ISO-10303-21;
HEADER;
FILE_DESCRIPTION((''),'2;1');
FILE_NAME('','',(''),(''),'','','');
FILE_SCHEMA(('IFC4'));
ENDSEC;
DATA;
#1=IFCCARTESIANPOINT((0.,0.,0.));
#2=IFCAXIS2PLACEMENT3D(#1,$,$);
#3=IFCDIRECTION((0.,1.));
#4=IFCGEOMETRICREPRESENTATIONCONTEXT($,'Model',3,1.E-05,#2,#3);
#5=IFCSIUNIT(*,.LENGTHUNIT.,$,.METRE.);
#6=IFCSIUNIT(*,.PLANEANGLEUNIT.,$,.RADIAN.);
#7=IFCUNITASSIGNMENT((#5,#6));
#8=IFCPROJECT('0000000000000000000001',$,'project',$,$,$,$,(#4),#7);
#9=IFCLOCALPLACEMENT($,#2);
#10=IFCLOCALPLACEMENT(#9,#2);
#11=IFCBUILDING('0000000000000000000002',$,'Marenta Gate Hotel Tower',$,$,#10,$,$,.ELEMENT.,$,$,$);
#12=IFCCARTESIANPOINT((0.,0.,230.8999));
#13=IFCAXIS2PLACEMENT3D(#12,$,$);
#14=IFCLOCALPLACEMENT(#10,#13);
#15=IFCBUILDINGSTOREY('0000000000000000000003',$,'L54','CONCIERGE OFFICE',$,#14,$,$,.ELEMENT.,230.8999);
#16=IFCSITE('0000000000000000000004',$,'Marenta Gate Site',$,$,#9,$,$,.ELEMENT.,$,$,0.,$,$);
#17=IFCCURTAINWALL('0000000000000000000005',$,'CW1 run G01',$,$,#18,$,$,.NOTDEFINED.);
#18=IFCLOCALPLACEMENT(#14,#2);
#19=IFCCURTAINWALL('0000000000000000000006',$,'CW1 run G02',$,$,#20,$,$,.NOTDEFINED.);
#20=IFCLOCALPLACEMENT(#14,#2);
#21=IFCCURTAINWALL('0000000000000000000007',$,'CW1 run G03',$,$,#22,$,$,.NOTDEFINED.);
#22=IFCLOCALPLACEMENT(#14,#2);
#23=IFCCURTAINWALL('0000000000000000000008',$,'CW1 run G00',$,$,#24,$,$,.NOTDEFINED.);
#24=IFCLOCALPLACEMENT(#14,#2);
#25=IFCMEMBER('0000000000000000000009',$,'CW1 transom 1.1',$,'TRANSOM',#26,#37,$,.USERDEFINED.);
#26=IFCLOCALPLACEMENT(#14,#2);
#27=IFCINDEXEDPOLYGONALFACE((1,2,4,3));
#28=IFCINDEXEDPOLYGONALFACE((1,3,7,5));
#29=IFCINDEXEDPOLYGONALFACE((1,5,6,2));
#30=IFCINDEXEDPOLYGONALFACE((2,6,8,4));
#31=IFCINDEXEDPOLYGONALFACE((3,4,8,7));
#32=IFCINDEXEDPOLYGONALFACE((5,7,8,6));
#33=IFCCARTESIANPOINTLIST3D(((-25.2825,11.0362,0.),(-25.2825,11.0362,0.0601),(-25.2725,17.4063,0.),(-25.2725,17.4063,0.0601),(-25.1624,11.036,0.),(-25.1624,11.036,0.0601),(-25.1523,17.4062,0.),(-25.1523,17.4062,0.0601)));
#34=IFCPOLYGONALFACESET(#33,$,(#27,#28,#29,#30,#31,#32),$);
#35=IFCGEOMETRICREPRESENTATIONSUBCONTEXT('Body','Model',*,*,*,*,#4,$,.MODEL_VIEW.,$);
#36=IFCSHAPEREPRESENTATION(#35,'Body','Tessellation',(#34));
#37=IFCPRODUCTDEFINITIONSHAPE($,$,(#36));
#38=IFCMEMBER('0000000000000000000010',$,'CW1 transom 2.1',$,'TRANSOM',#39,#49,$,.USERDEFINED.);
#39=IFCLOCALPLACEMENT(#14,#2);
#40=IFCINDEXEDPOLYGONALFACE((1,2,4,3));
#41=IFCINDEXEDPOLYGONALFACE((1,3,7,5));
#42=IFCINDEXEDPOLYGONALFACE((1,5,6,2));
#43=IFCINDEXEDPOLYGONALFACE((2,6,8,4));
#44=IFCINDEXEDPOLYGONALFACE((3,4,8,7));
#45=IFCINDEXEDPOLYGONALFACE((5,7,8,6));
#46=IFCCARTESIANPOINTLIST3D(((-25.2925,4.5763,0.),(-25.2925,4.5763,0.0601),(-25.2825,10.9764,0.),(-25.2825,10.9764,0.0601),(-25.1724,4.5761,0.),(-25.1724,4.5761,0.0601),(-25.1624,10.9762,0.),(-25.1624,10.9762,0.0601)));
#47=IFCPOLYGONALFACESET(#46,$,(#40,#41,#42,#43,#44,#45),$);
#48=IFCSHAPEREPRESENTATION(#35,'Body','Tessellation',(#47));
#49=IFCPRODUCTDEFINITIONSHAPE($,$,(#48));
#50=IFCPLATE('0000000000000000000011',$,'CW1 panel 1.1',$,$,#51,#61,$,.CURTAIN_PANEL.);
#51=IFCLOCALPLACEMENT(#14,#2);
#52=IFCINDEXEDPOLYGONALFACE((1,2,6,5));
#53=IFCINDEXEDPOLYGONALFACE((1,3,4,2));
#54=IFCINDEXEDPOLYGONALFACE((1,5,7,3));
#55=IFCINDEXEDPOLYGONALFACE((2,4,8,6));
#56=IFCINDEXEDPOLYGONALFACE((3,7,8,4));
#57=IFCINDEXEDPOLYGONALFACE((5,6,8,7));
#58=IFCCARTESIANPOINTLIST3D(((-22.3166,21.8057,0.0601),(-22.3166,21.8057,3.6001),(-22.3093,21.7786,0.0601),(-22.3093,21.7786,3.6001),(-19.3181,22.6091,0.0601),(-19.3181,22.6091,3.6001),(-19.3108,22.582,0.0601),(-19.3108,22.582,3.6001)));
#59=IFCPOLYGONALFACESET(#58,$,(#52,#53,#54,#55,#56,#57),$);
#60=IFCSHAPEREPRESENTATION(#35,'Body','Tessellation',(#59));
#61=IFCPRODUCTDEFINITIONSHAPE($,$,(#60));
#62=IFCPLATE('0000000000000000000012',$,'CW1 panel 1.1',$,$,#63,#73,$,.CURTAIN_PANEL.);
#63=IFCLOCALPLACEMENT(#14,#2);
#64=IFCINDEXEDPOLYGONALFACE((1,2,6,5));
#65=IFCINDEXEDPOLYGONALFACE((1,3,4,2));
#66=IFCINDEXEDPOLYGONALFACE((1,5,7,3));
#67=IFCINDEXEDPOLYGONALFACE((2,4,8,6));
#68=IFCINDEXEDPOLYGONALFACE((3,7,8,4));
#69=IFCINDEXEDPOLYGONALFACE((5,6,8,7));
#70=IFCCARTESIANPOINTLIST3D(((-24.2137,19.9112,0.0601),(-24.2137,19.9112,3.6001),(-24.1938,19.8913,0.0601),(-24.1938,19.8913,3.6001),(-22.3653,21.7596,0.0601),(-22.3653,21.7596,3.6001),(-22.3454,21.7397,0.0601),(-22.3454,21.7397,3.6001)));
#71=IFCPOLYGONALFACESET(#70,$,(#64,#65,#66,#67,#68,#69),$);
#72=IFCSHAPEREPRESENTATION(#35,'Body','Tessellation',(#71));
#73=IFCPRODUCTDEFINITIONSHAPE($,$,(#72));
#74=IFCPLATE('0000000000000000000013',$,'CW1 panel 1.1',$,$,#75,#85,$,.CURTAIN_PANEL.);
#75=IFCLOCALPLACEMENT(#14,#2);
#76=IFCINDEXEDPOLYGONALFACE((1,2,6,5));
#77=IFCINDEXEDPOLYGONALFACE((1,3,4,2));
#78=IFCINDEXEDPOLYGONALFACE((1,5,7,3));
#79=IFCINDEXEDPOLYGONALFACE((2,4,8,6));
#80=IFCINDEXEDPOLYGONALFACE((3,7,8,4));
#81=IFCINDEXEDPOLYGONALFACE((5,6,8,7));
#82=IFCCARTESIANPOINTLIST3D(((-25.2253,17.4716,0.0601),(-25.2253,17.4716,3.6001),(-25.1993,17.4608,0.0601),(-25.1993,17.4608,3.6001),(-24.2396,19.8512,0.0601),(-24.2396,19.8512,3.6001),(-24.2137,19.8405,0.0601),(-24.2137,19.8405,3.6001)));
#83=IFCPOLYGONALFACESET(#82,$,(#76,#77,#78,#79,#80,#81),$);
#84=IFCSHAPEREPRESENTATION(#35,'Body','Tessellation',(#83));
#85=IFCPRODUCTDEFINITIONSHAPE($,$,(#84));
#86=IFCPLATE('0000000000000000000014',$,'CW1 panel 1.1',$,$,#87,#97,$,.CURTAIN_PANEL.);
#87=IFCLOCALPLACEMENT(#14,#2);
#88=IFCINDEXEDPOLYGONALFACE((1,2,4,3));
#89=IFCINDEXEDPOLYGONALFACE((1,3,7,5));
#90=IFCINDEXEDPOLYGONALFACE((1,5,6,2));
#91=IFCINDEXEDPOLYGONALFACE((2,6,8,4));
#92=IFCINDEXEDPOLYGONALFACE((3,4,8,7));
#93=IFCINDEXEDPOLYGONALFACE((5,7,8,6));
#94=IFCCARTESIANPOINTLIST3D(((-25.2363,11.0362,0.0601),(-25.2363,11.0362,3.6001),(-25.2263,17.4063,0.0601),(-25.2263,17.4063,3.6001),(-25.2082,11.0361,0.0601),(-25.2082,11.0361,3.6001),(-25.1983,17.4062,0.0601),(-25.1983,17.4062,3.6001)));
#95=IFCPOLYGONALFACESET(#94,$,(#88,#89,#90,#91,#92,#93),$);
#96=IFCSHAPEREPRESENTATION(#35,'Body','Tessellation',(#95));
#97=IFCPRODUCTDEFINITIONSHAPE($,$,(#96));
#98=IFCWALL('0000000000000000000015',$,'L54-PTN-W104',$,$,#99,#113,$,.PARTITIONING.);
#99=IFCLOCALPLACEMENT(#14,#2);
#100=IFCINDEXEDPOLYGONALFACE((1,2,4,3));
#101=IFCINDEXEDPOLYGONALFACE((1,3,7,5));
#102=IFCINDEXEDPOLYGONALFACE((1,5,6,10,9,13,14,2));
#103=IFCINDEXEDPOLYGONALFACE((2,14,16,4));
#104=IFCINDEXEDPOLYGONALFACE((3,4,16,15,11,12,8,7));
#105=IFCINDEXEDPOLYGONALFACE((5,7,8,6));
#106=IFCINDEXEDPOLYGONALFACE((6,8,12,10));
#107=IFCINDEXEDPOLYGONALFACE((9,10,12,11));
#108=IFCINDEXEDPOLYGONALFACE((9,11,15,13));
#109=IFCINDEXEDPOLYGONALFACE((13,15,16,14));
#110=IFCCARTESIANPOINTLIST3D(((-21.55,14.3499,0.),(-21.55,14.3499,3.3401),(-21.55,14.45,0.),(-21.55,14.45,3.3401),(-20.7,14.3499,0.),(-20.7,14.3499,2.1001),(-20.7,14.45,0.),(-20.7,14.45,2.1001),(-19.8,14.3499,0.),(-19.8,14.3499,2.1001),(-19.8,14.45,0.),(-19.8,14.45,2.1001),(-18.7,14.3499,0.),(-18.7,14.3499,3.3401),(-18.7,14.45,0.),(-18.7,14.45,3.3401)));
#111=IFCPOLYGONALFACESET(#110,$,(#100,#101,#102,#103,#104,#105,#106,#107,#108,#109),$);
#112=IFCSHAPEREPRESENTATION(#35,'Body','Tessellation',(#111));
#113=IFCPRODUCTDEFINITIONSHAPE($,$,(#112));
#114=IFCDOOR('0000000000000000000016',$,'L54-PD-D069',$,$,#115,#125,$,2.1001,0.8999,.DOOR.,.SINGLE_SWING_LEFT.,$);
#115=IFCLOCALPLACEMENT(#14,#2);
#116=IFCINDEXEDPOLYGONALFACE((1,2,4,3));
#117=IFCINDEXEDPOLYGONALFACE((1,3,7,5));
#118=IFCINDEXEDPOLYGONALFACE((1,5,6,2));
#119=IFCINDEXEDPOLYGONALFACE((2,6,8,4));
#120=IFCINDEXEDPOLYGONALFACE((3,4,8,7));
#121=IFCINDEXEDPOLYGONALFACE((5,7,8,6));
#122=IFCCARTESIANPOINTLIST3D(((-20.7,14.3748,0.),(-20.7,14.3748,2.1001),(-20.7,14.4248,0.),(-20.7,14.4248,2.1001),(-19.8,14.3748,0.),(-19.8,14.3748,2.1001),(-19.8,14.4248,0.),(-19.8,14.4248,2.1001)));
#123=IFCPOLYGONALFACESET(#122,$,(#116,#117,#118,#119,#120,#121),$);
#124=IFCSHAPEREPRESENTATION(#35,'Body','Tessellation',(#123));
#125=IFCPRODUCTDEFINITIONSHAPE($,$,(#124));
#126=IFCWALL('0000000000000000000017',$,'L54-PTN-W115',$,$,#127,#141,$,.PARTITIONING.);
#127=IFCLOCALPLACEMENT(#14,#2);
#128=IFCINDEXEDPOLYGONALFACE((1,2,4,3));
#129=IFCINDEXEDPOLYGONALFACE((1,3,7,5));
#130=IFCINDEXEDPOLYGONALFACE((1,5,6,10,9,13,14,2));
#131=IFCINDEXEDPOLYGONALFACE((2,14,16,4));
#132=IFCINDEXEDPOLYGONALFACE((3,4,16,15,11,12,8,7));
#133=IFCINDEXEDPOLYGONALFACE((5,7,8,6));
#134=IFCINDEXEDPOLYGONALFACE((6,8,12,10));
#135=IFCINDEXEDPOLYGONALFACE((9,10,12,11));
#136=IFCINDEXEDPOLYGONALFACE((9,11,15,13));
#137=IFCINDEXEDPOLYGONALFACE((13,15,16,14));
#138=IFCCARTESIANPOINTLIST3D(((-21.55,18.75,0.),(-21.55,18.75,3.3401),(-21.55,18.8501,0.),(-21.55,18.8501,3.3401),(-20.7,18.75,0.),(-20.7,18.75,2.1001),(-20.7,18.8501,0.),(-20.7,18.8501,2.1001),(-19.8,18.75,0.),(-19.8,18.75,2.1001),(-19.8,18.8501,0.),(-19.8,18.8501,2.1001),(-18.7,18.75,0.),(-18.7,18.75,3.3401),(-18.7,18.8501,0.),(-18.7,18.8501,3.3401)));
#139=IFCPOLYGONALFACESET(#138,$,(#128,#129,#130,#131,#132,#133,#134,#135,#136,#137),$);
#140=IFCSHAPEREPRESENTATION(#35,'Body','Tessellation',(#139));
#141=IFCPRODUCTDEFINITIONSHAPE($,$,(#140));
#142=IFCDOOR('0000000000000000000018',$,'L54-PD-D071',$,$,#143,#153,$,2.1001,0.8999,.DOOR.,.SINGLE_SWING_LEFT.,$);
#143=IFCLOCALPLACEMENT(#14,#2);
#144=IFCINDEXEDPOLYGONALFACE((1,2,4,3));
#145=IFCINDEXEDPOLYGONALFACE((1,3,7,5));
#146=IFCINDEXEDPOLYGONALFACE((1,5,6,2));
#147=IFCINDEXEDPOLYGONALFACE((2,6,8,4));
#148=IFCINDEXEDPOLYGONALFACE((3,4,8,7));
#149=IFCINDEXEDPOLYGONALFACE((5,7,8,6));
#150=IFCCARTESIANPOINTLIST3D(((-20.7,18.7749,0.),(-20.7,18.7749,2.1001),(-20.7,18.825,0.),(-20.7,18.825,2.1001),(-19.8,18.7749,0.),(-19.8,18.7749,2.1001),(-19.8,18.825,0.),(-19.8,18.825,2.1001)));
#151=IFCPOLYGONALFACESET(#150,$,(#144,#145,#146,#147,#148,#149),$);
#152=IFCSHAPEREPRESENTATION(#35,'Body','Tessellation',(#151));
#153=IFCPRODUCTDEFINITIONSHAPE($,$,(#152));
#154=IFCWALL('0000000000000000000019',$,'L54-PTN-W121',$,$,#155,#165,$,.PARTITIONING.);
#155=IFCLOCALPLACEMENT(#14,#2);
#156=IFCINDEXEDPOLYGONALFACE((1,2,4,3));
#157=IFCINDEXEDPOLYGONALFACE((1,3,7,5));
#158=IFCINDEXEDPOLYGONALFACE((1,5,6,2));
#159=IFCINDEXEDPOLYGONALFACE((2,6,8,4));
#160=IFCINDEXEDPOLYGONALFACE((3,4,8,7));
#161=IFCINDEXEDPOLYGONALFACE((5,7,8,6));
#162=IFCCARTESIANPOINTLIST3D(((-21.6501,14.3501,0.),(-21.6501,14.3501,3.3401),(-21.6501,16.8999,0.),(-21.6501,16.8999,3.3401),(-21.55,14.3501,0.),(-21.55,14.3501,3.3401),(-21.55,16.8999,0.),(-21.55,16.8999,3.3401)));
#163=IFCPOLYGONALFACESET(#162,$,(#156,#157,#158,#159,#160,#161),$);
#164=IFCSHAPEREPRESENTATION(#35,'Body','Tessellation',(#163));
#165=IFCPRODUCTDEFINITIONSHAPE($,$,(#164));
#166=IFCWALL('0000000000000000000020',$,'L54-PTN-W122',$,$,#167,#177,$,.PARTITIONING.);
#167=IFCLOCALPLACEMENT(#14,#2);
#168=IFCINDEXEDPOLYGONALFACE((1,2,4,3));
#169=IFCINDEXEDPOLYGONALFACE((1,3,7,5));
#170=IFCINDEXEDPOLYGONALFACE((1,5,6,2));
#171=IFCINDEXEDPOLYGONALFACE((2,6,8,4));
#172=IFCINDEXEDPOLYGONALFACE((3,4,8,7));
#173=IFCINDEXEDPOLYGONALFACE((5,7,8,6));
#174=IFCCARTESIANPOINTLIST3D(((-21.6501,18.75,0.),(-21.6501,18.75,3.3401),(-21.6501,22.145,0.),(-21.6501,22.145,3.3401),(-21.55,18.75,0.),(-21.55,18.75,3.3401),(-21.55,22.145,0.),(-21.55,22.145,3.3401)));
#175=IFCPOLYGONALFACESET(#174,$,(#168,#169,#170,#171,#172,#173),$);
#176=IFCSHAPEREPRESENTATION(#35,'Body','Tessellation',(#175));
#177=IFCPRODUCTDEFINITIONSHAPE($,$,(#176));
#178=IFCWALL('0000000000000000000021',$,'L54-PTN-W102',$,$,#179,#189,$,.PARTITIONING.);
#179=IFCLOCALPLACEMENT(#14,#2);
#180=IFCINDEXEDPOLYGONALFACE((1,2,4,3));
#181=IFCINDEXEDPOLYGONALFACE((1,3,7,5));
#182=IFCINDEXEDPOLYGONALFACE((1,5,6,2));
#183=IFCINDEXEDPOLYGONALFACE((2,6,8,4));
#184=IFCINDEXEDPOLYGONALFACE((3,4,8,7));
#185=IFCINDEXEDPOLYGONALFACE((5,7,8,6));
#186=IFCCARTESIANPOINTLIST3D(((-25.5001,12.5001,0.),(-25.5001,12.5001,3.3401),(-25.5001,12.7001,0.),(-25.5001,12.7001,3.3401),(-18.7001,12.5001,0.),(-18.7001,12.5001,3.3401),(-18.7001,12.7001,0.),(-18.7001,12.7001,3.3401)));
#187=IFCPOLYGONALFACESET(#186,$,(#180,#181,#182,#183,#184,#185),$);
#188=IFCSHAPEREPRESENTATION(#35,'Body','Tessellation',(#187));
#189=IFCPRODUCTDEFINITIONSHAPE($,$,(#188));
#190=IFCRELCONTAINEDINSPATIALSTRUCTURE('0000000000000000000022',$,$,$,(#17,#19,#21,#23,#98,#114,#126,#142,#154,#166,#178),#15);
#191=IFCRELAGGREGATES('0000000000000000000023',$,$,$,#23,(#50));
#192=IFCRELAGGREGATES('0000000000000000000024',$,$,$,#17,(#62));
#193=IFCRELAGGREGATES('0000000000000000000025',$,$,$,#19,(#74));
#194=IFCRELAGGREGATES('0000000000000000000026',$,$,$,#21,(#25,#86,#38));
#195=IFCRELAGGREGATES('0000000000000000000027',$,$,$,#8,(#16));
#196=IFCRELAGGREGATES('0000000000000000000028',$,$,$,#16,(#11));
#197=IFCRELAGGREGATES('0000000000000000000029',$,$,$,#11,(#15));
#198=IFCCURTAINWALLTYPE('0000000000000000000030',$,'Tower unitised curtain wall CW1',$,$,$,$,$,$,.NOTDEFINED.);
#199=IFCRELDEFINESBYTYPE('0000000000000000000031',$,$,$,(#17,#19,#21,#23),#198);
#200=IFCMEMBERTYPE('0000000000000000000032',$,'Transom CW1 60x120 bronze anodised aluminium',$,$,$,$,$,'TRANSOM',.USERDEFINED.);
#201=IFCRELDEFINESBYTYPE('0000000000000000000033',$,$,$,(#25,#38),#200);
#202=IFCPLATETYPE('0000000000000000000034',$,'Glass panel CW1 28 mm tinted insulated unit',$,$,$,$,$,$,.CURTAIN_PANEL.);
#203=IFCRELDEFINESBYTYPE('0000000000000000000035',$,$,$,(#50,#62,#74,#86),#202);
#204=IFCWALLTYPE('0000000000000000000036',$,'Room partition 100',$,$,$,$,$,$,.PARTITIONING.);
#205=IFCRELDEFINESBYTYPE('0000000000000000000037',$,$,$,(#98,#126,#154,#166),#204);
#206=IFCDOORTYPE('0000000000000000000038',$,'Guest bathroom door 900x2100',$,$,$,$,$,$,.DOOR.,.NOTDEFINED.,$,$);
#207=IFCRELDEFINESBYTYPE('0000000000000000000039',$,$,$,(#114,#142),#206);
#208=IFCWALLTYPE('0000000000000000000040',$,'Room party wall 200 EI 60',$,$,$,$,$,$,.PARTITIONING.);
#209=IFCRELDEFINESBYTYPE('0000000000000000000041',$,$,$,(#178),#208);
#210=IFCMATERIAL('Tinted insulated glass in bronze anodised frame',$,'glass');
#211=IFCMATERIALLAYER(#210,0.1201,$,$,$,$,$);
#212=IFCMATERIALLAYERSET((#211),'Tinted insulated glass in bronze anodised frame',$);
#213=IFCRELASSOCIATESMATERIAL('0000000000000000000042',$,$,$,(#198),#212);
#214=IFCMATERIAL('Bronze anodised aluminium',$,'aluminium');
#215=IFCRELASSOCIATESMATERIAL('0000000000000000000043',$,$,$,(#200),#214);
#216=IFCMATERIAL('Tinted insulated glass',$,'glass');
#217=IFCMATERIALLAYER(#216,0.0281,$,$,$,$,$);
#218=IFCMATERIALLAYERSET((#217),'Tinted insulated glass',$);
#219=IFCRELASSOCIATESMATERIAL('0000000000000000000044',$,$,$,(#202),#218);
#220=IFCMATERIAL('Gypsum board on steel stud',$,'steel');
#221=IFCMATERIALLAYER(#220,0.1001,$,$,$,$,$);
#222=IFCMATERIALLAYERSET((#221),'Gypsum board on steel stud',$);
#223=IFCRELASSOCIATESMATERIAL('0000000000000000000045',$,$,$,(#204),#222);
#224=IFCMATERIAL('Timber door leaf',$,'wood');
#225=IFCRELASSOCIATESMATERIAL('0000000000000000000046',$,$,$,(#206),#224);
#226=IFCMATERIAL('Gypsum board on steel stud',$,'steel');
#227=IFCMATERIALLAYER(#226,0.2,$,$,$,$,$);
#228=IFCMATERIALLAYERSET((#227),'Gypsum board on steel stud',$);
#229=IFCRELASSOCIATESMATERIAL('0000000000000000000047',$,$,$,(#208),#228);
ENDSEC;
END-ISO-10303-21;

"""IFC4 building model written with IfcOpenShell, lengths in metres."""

from ifc_helpers import new_model, si_unit, direction, frame, frame_2d, origin, origin_2d, place, context, subcontext, project, spatial, rectangle, extrude, material, layer, layer_set, material_profile, profile_set, type_object, element, fill, aggregate, save


model = new_model("IFC4")

# Units and contexts
model_context = context("Model", 3, precision=1e-05, world=origin(), true_north=direction((0.0, 1.0)))
body_context = subcontext(model_context, "Body", "Model", "MODEL_VIEW")
ifc_project = project(units=[si_unit("LENGTHUNIT", "METRE"), si_unit("PLANEANGLEUNIT", "RADIAN")], contexts=[model_context])

# Site, building, storey
site_placement = place(None, origin())
site = spatial("IfcSite", under=ifc_project, at=site_placement, Name="Marenta Gate Site", CompositionType="ELEMENT", RefElevation=0.0)
building_placement = place(site_placement, origin())
building = spatial("IfcBuilding", under=site, at=building_placement, Name="Marenta Gate Hotel Tower", CompositionType="ELEMENT")
storey_placement = place(building_placement, frame((0.0, 0.0, 230.8999)))
storey = spatial("IfcBuildingStorey", under=building, at=storey_placement, Name="L54", Description="CONCIERGE OFFICE", CompositionType="ELEMENT", Elevation=230.8999)

# Curtain walls
ifc_material_1 = material(Name="Tinted insulated glass in bronze anodised frame", Category="glass")
ifc_layer_1 = layer(ifc_material_1, 0.1201)
ifc_layer_set_1 = layer_set([ifc_layer_1], Name="Tinted insulated glass in bronze anodised frame")
curtain_wall_type = type_object("IfcCurtainWallType", Name="Tower unitised curtain wall CW1", PredefinedType="NOTDEFINED", material=ifc_layer_set_1)
curtain_wall_1_placement = place(storey_placement, origin())
curtain_wall_1 = element("IfcCurtainWall", 1, at=curtain_wall_1_placement, inside=storey, type_object=curtain_wall_type, Name="CW1 run G01", PredefinedType="NOTDEFINED")
curtain_wall_2_placement = place(storey_placement, origin())
curtain_wall_2 = element("IfcCurtainWall", 2, at=curtain_wall_2_placement, inside=storey, type_object=curtain_wall_type, Name="CW1 run G02", PredefinedType="NOTDEFINED")

# Curtain wall
curtain_wall_3_placement = place(storey_placement, origin())
curtain_wall_3 = element("IfcCurtainWall", 3, at=curtain_wall_3_placement, inside=storey, type_object=curtain_wall_type, Name="CW1 run G03", PredefinedType="NOTDEFINED")

# Curtain wall
curtain_wall_4_placement = place(storey_placement, origin())
curtain_wall_4 = element("IfcCurtainWall", 4, at=curtain_wall_4_placement, inside=storey, type_object=curtain_wall_type, Name="CW1 run G00", PredefinedType="NOTDEFINED")
ifc_material_2 = material(Name="Bronze anodised aluminium", Category="aluminium")
ifc_material_profile_1 = material_profile(ifc_material_2, rectangle(XDim=0.1201, YDim=0.0601, at=origin_2d()), Name="Transom CW1 60x120 bronze anodised aluminium")
ifc_profile_set_1 = profile_set([ifc_material_profile_1], Name="Bronze anodised aluminium")
member_type_1 = type_object("IfcMemberType", Name="Transom CW1 60x120 bronze anodised aluminium", ElementType="TRANSOM", PredefinedType="USERDEFINED", material=ifc_profile_set_1)

# Members
member_1_placement = place(storey_placement, frame((-25.2124, 17.4062, 0.03), z_axis=(-0.001571, -0.999999, 0.0), x_axis=(0.999999, -0.001571, 0.0)))
member_1 = element("IfcMember", 5, at=member_1_placement, type_object=member_type_1, Name="CW1 transom 1.1", ObjectType="TRANSOM", PredefinedType="USERDEFINED", context=body_context, shape_type="SweptSolid", body=[
    extrude(rectangle(XDim=0.1201, YDim=0.0601, at=origin_2d()), origin(), (0.0, 0.0, 1.0), 6.3701),
])
member_2_placement = place(storey_placement, frame((-25.2224, 10.9763, 0.03), z_axis=(-0.001564, -0.999999, 0.0), x_axis=(0.999999, -0.001564, 0.0)))
member_2 = element("IfcMember", 6, at=member_2_placement, type_object=member_type_1, Name="CW1 transom 2.1", ObjectType="TRANSOM", PredefinedType="USERDEFINED", context=body_context, shape_type="SweptSolid", body=[
    extrude(rectangle(XDim=0.1201, YDim=0.0601, at=origin_2d()), origin(), (0.0, 0.0, 1.0), 6.4001),
])

# Plates
ifc_material_3 = material(Name="Tinted insulated glass", Category="glass")
ifc_layer_2 = layer(ifc_material_3, 0.0281)
ifc_layer_set_2 = layer_set([ifc_layer_2], Name="Tinted insulated glass")
plate_type = type_object("IfcPlateType", Name="Glass panel CW1 28 mm tinted insulated unit", PredefinedType="CURTAIN_PANEL", material=ifc_layer_set_2)
plate_1_placement = place(storey_placement, frame((-20.8137, 22.1938, 0.0601), z_axis=(0.0, 0.0, 1.0), x_axis=(-0.965931, -0.258801, 0.0)))
plate_1 = element("IfcPlate", 7, at=plate_1_placement, type_object=plate_type, Name="CW1 panel 1.1", PredefinedType="CURTAIN_PANEL", context=body_context, shape_type="SweptSolid", body=[
    extrude(rectangle(XDim=3.1042, YDim=0.0281, at=origin_2d()), origin(), (0.0, 0.0, 1.0), 3.54),
])
aggregate(curtain_wall_4, [plate_1])
plate_2_placement = place(storey_placement, frame((-23.2795, 20.8254, 0.0601), z_axis=(0.0, 0.0, 1.0), x_axis=(-0.707107, -0.707107, 0.0)))
plate_2 = element("IfcPlate", 8, at=plate_2_placement, type_object=plate_type, Name="CW1 panel 1.1", PredefinedType="CURTAIN_PANEL", context=body_context, shape_type="SweptSolid", body=[
    extrude(rectangle(XDim=2.614, YDim=0.0281, at=origin_2d()), origin(), (0.0, 0.0, 1.0), 3.54),
])
aggregate(curtain_wall_1, [plate_2])
plate_3_placement = place(storey_placement, frame((-24.7195, 18.656, 0.0601), z_axis=(0.0, 0.0, 1.0), x_axis=(-0.382667, -0.923886, 0.0)))
plate_3 = element("IfcPlate", 9, at=plate_3_placement, type_object=plate_type, Name="CW1 panel 1.1", PredefinedType="CURTAIN_PANEL", context=body_context, shape_type="SweptSolid", body=[
    extrude(rectangle(XDim=2.5757, YDim=0.0281, at=origin_2d()), origin(), (0.0, 0.0, 1.0), 3.54),
])
aggregate(curtain_wall_2, [plate_3])
plate_4_placement = place(storey_placement, frame((-25.2173, 14.2212, 0.0601), z_axis=(0.0, 0.0, 1.0), x_axis=(-0.001566, -0.999999, 0.0)))
plate_4 = element("IfcPlate", 10, at=plate_4_placement, type_object=plate_type, Name="CW1 panel 1.1", PredefinedType="CURTAIN_PANEL", context=body_context, shape_type="SweptSolid", body=[
    extrude(rectangle(XDim=6.3701, YDim=0.0281, at=origin_2d()), origin(), (0.0, 0.0, 1.0), 3.54),
])
aggregate(curtain_wall_3, [member_1, plate_4, member_2])

# Walls, openings, doors
ifc_material_4 = material(Name="Gypsum board on steel stud", Category="steel")
ifc_layer_3 = layer(ifc_material_4, 0.1001)
ifc_layer_set_3 = layer_set([ifc_layer_3], Name="Gypsum board on steel stud")
wall_type_1 = type_object("IfcWallType", Name="Room partition 100", PredefinedType="PARTITIONING", material=ifc_layer_set_3)
wall_1_placement = place(storey_placement, frame((-21.55, 14.3999, 0.0), z_axis=(0.0, 0.0, 1.0), x_axis=(1.0, 0.0, 0.0)))
wall_1 = element("IfcWall", 11, at=wall_1_placement, inside=storey, type_object=wall_type_1, Name="L54-PTN-W104", PredefinedType="PARTITIONING", context=body_context, shape_type="SweptSolid", body=[
    extrude(rectangle(XDim=2.8501, YDim=0.1001, at=frame_2d((1.425, 0.0))), origin(), (0.0, 0.0, 1.0), 3.3401),
])
opening_1_placement = place(wall_1_placement, frame((0.8501, 0.0, 0.0)))
opening_1 = element("IfcOpeningElement", 12, at=opening_1_placement, cuts=wall_1, PredefinedType="OPENING", context=body_context, shape_type="SweptSolid", body=[
    extrude(rectangle(XDim=0.8999, YDim=2.1001, at=frame_2d((0.45, 1.05))), frame((0.0, 0.05, 0.0), z_axis=(0.0, -1.0, 0.0), x_axis=(1.0, 0.0, 0.0)), (0.0, 0.0, 1.0), 0.1001),
])
ifc_material_5 = material(Name="Timber door leaf", Category="wood")
door_type = type_object("IfcDoorType", Name="Guest bathroom door 900x2100", OperationType="NOTDEFINED", PredefinedType="DOOR", material=ifc_material_5)
door_1_placement = place(opening_1_placement, origin())
door_1 = element("IfcDoor", 13, at=door_1_placement, inside=storey, type_object=door_type, Name="L54-PD-D069", OperationType="SINGLE_SWING_LEFT", OverallHeight=2.1001, OverallWidth=0.8999, PredefinedType="DOOR", context=body_context, shape_type="SweptSolid", body=[
    extrude(rectangle(XDim=0.8999, YDim=2.1001, at=frame_2d((0.45, 1.05))), frame((0.0, 0.0249, 0.0), z_axis=(0.0, -1.0, 0.0), x_axis=(1.0, 0.0, 0.0)), (0.0, 0.0, 1.0), 0.05),
])
fill(opening_1, door_1)
wall_2_placement = place(storey_placement, frame((-21.55, 18.8, 0.0), z_axis=(0.0, 0.0, 1.0), x_axis=(1.0, 0.0, 0.0)))
wall_2 = element("IfcWall", 14, at=wall_2_placement, inside=storey, type_object=wall_type_1, Name="L54-PTN-W115", PredefinedType="PARTITIONING", context=body_context, shape_type="SweptSolid", body=[
    extrude(rectangle(XDim=2.8501, YDim=0.1001, at=frame_2d((1.425, 0.0))), origin(), (0.0, 0.0, 1.0), 3.3401),
])
opening_2_placement = place(wall_2_placement, frame((0.8501, 0.0, 0.0)))
opening_2 = element("IfcOpeningElement", 15, at=opening_2_placement, cuts=wall_2, PredefinedType="OPENING", context=body_context, shape_type="SweptSolid", body=[
    extrude(rectangle(XDim=0.8999, YDim=2.1001, at=frame_2d((0.45, 1.05))), frame((0.0, 0.05, 0.0), z_axis=(0.0, -1.0, 0.0), x_axis=(1.0, 0.0, 0.0)), (0.0, 0.0, 1.0), 0.1001),
])
door_2_placement = place(opening_2_placement, origin())
door_2 = element("IfcDoor", 16, at=door_2_placement, inside=storey, type_object=door_type, Name="L54-PD-D071", OperationType="SINGLE_SWING_LEFT", OverallHeight=2.1001, OverallWidth=0.8999, PredefinedType="DOOR", context=body_context, shape_type="SweptSolid", body=[
    extrude(rectangle(XDim=0.8999, YDim=2.1001, at=frame_2d((0.45, 1.05))), frame((0.0, 0.0249, 0.0), z_axis=(0.0, -1.0, 0.0), x_axis=(1.0, 0.0, 0.0)), (0.0, 0.0, 1.0), 0.05),
])
fill(opening_2, door_2)

# Walls
wall_3_placement = place(storey_placement, frame((-21.6001, 14.3501, 0.0), z_axis=(0.0, 0.0, 1.0), x_axis=(0.0, 1.0, 0.0)))
element("IfcWall", 17, at=wall_3_placement, inside=storey, type_object=wall_type_1, Name="L54-PTN-W121", PredefinedType="PARTITIONING", context=body_context, shape_type="SweptSolid", body=[
    extrude(rectangle(XDim=2.5498, YDim=0.1001, at=frame_2d((1.2749, 0.0))), origin(), (0.0, 0.0, 1.0), 3.3401),
])
wall_4_placement = place(storey_placement, frame((-21.6001, 18.75, 0.0), z_axis=(0.0, 0.0, 1.0), x_axis=(0.0, 1.0, 0.0)))
element("IfcWall", 18, at=wall_4_placement, inside=storey, type_object=wall_type_1, Name="L54-PTN-W122", PredefinedType="PARTITIONING", context=body_context, shape_type="SweptSolid", body=[
    extrude(rectangle(XDim=3.395, YDim=0.1001, at=frame_2d((1.6975, 0.0))), origin(), (0.0, 0.0, 1.0), 3.3401),
])
ifc_material_6 = material(Name="Gypsum board on steel stud", Category="steel")
ifc_layer_4 = layer(ifc_material_6, 0.2)
ifc_layer_set_4 = layer_set([ifc_layer_4], Name="Gypsum board on steel stud")
wall_type_2 = type_object("IfcWallType", Name="Room party wall 200 EI 60", PredefinedType="PARTITIONING", material=ifc_layer_set_4)
wall_5_placement = place(storey_placement, frame((-25.5, 12.6001, 0.0), z_axis=(0.0, 0.0, 1.0), x_axis=(1.0, 0.0, 0.0)))
element("IfcWall", 19, at=wall_5_placement, inside=storey, type_object=wall_type_2, Name="L54-PTN-W102", PredefinedType="PARTITIONING", context=body_context, shape_type="SweptSolid", body=[
    extrude(rectangle(XDim=6.8, YDim=0.2, at=frame_2d((3.3999, 0.0))), origin(), (0.0, 0.0, 1.0), 3.3401),
])

save(model, "model.ifc")
